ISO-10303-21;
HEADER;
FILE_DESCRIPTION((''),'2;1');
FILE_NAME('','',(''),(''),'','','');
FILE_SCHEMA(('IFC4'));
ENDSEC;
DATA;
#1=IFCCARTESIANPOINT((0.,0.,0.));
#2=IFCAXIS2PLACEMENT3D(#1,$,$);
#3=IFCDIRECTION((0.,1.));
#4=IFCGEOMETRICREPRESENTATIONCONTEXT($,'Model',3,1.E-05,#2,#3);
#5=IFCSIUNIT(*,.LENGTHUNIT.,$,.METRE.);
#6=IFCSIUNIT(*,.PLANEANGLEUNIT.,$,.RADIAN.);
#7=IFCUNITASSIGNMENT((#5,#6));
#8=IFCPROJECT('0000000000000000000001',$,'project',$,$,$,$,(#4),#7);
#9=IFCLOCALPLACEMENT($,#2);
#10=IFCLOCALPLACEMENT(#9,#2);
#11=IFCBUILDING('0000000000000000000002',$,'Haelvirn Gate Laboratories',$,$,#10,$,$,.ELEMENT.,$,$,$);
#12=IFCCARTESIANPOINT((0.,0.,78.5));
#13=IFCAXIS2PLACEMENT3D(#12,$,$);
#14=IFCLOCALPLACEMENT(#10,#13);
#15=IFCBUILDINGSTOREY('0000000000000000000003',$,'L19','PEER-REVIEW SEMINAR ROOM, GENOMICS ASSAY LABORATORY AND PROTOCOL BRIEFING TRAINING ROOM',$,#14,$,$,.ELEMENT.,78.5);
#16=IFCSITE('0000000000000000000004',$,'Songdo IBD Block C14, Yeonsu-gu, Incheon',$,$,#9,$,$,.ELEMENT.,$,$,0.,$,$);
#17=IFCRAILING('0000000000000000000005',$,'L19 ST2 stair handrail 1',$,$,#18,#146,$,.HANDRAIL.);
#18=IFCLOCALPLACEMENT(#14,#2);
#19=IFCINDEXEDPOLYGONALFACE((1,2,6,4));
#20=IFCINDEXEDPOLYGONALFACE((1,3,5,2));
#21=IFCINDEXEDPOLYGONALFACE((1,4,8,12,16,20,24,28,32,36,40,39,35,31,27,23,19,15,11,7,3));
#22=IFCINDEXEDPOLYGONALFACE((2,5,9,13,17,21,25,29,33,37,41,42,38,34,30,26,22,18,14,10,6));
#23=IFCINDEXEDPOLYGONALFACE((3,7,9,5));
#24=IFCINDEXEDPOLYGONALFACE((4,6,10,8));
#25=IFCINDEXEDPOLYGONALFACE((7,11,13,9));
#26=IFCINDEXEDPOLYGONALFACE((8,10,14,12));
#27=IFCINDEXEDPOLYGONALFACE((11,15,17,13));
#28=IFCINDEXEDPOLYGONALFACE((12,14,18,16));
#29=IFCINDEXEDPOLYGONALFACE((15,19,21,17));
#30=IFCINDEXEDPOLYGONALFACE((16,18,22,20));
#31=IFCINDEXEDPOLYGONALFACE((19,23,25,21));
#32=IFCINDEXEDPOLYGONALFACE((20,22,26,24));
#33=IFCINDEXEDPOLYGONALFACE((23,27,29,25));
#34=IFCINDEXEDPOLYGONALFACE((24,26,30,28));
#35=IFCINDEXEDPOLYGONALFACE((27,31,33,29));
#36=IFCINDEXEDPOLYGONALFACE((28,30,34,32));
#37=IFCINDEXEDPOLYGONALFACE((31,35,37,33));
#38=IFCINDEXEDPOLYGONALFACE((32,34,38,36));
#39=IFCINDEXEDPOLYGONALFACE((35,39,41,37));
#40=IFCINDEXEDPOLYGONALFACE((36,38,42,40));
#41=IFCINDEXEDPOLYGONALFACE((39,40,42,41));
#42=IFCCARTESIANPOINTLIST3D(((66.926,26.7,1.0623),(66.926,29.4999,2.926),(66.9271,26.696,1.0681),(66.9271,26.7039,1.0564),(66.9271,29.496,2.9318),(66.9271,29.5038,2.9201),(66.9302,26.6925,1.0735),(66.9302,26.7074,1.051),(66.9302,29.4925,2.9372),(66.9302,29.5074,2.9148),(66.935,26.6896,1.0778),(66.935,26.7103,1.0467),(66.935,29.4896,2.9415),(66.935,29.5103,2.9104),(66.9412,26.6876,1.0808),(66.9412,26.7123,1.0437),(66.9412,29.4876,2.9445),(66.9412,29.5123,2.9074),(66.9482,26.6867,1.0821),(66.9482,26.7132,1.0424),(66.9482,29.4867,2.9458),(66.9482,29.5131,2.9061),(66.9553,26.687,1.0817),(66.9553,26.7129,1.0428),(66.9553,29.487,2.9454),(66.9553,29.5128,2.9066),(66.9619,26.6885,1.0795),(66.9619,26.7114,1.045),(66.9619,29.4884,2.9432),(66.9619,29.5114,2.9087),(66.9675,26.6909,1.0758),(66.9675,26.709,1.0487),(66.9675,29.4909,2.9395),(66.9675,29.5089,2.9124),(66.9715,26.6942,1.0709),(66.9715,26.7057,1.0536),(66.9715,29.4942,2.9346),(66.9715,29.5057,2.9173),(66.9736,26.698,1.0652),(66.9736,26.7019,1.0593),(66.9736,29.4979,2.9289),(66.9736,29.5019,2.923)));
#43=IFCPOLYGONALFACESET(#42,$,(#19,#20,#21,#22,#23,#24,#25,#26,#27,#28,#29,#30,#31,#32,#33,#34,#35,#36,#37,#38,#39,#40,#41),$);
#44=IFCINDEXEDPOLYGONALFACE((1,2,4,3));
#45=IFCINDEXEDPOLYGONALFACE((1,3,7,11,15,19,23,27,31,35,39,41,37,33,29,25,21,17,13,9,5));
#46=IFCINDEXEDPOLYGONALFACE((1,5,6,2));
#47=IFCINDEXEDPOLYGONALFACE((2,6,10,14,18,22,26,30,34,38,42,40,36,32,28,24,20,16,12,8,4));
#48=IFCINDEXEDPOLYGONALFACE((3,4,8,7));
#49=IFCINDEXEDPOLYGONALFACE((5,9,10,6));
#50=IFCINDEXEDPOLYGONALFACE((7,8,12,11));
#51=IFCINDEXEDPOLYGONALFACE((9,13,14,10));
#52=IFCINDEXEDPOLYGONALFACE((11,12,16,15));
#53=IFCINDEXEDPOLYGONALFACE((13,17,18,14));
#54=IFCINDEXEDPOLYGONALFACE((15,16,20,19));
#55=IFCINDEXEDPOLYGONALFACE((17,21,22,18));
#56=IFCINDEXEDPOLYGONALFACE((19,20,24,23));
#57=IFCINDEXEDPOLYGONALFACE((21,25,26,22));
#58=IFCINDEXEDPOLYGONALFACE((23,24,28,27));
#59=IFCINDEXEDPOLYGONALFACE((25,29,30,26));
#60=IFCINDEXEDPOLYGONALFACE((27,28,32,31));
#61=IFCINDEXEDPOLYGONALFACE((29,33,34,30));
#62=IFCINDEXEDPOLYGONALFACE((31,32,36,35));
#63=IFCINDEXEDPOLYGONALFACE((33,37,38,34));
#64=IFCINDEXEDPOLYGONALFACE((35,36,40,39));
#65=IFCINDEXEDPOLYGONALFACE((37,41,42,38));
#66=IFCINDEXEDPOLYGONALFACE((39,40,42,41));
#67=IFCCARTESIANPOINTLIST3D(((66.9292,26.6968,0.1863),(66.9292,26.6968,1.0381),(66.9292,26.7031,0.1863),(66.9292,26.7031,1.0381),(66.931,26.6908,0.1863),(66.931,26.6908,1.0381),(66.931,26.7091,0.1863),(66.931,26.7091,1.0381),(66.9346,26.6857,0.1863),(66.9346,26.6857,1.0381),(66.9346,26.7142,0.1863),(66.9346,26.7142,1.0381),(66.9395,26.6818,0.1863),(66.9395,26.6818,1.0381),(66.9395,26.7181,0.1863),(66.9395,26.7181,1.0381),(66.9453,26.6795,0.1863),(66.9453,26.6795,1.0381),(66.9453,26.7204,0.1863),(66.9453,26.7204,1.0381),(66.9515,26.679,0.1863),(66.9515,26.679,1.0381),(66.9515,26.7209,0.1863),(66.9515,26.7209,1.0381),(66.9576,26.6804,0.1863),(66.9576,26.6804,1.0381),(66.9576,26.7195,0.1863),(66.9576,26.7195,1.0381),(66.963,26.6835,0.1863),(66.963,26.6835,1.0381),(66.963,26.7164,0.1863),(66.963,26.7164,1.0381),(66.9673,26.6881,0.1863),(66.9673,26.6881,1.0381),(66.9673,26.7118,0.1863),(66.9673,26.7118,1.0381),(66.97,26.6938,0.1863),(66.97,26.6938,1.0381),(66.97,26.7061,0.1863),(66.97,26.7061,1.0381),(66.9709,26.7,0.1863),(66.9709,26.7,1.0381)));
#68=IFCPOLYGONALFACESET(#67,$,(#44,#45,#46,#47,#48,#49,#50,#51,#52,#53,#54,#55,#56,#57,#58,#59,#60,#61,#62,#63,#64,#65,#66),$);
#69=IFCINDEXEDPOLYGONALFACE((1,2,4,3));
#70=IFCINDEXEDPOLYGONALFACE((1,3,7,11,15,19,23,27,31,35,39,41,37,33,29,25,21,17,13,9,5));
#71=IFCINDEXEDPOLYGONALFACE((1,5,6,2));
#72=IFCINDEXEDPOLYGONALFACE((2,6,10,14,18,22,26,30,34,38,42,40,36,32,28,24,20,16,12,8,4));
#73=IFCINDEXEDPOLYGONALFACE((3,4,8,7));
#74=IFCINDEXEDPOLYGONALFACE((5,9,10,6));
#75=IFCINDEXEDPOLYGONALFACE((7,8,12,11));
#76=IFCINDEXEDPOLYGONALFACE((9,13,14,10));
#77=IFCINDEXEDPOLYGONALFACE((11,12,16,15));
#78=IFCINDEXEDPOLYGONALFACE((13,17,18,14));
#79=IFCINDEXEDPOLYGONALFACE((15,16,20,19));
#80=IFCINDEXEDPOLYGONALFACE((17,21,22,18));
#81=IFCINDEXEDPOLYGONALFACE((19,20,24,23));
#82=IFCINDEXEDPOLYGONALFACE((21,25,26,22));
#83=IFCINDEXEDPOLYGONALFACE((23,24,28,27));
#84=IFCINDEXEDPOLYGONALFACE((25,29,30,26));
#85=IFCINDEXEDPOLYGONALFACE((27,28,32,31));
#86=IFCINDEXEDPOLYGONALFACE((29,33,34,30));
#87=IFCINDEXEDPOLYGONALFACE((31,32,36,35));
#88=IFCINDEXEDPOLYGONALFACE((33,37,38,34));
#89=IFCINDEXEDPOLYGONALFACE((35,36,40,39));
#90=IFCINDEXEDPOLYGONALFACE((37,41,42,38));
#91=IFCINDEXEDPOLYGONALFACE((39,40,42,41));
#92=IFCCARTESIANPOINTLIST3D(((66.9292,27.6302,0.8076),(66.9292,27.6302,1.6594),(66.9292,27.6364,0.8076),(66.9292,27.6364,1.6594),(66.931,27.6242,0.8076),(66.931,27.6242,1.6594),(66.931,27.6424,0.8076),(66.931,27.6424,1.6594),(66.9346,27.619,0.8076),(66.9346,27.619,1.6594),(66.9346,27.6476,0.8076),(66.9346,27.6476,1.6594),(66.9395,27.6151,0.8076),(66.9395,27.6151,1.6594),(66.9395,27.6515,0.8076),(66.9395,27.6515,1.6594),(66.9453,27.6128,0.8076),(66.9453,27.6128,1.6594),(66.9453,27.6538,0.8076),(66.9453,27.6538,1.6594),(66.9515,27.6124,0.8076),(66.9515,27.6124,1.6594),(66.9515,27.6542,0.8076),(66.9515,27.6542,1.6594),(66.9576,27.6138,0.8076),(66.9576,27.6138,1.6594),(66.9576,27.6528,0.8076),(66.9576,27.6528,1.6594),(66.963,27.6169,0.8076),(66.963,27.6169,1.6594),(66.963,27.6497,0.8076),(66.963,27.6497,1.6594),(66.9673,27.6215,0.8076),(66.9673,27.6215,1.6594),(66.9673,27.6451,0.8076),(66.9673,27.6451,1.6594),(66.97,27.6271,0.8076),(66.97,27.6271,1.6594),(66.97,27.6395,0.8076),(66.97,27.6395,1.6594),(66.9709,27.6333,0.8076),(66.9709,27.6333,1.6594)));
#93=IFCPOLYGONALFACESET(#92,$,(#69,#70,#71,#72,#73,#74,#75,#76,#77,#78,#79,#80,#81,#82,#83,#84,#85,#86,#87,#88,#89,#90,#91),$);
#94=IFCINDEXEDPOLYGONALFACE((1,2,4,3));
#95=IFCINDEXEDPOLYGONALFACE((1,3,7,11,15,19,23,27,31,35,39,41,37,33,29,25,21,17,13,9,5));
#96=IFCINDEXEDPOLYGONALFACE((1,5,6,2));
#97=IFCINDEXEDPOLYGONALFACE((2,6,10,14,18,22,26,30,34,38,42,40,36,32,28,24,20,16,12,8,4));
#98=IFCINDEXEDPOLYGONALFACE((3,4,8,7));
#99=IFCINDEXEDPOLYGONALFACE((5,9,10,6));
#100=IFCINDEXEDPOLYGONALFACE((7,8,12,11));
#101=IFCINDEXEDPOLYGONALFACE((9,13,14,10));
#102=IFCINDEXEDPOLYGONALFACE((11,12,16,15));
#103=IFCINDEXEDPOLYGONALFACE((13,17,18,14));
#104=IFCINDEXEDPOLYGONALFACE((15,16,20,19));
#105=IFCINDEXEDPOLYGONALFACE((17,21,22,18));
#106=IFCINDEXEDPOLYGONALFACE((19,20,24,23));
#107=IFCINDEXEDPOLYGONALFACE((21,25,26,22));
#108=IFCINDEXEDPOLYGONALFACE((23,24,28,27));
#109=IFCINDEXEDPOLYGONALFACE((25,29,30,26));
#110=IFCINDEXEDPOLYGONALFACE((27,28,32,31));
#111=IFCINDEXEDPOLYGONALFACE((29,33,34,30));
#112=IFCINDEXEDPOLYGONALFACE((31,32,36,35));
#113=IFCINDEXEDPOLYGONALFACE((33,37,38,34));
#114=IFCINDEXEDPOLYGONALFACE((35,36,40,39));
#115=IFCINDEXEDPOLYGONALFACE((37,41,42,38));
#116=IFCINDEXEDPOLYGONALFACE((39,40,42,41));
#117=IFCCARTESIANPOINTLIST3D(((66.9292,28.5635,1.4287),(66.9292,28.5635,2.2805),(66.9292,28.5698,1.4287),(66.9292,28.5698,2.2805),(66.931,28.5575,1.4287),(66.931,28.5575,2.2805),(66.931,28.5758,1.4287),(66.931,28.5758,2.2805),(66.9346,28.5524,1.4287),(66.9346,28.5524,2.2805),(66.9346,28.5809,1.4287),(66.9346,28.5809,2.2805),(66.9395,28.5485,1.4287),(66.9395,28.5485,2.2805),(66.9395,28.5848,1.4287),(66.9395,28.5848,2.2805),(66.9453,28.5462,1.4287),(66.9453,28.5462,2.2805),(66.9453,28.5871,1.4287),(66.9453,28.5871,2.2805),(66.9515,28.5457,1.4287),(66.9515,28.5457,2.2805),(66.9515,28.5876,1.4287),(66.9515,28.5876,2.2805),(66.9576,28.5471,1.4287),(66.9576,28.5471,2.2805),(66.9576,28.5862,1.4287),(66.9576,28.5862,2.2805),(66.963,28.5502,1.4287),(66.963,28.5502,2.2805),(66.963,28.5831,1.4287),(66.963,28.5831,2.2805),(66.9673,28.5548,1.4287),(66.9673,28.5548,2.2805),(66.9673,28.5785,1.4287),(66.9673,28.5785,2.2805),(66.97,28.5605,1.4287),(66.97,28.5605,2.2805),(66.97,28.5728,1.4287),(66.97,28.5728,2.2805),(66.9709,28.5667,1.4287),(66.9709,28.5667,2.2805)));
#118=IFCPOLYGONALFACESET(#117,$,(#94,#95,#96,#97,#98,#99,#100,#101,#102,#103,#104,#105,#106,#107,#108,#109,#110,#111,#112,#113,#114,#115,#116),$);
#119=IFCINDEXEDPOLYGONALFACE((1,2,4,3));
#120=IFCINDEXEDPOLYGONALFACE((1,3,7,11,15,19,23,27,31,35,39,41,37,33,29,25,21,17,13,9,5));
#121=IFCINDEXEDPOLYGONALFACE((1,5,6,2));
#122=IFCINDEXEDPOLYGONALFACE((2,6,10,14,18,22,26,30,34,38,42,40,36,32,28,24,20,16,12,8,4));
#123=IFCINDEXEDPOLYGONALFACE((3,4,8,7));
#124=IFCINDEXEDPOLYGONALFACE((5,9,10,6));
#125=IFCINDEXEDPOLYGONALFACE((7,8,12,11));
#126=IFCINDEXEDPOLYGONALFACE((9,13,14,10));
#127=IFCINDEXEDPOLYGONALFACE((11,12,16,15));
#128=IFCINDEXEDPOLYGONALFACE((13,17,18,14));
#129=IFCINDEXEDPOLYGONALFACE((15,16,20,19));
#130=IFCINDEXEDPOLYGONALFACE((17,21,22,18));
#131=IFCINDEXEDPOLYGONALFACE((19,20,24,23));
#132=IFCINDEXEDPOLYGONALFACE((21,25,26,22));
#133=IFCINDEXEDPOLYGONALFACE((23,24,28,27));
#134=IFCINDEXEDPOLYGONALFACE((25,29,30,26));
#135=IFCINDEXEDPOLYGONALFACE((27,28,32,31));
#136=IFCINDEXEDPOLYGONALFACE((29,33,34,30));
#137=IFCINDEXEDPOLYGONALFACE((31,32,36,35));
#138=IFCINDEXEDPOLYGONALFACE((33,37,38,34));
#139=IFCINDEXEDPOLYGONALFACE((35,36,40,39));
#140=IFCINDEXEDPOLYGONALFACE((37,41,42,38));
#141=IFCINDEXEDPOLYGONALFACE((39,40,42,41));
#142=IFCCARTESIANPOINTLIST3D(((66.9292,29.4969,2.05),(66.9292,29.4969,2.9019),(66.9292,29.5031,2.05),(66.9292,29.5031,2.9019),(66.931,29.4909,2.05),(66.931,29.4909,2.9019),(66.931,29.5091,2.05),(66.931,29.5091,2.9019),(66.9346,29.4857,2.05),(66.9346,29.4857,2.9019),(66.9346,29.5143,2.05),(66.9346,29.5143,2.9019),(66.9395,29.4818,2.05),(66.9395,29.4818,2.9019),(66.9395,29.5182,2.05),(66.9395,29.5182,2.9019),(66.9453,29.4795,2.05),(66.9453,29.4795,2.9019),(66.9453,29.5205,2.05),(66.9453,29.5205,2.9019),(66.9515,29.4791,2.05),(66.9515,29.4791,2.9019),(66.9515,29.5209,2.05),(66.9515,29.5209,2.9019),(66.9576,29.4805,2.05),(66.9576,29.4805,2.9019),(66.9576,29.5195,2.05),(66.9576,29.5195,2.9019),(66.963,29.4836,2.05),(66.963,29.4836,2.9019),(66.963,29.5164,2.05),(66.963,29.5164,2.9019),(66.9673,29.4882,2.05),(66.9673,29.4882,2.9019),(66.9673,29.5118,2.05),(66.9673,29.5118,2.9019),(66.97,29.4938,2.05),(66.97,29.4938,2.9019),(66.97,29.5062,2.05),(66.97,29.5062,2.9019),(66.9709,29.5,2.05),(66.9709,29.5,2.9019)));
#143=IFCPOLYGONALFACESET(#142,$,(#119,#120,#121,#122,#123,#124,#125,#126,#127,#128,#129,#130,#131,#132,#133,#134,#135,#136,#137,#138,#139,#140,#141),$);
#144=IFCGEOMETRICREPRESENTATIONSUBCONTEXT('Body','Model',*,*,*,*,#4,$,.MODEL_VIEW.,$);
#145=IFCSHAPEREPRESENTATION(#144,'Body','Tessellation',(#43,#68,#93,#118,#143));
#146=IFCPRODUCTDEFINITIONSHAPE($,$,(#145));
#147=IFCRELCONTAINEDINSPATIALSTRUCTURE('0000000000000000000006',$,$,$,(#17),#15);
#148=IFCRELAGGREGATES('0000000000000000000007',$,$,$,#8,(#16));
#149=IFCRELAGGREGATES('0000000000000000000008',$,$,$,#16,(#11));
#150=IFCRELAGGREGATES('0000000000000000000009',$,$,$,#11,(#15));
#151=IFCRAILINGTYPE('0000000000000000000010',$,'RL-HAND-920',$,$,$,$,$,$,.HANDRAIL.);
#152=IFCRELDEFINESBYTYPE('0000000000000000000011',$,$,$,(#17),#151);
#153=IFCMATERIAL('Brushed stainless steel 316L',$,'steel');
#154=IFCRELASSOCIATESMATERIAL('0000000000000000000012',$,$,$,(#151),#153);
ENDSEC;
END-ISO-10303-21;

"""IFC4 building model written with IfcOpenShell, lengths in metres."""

from ifc_helpers import new_model, si_unit, direction, frame, origin, origin_2d, place, context, subcontext, project, spatial, circle, extrude, source, transform, mapped, material, type_object, element, save


model = new_model("IFC4")

# Units and contexts
model_context = context("Model", 3, precision=1e-05, world=origin(), true_north=direction((0.0, 1.0)))
body_context = subcontext(model_context, "Body", "Model", "MODEL_VIEW")
ifc_project = project(units=[si_unit("LENGTHUNIT", "METRE"), si_unit("PLANEANGLEUNIT", "RADIAN")], contexts=[model_context])

# Site, building, storey
site_placement = place(None, origin())
site = spatial("IfcSite", under=ifc_project, at=site_placement, Name="Songdo IBD Block C14, Yeonsu-gu, Incheon", CompositionType="ELEMENT", RefElevation=0.0)
building_placement = place(site_placement, origin())
building = spatial("IfcBuilding", under=site, at=building_placement, Name="Haelvirn Gate Laboratories", CompositionType="ELEMENT")
storey_placement = place(building_placement, frame((0.0, 0.0, 78.5)))
storey = spatial("IfcBuildingStorey", under=building, at=storey_placement, Name="L19", Description="PEER-REVIEW SEMINAR ROOM, GENOMICS ASSAY LABORATORY AND PROTOCOL BRIEFING TRAINING ROOM", CompositionType="ELEMENT", Elevation=78.5)

# Railing
ifc_material_1 = material(Name="Brushed stainless steel 316L", Category="steel")
railing_type_1 = type_object("IfcRailingType", Name="RL-HAND-920", PredefinedType="HANDRAIL", material=ifc_material_1)
shared_shape_1 = source(origin(), body_context, "Body", "SweptSolid", [
    extrude(circle(Radius=0.0239, at=origin_2d()), frame((0.0, 0.0, 0.876), z_axis=(0.0, 0.832452, 0.554097), x_axis=(-1.0, 0.0, 0.0)), (0.0, 0.0, 1.0), 3.3635),
    extrude(circle(Radius=0.021, at=origin_2d()), origin(), (0.0, 0.0, 1.0), 0.8518),
    extrude(circle(Radius=0.021, at=origin_2d()), frame((0.0, 0.9333, 0.6213)), (0.0, 0.0, 1.0), 0.8518),
    extrude(circle(Radius=0.021, at=origin_2d()), frame((0.0, 1.8667, 1.2424)), (0.0, 0.0, 1.0), 0.8518),
    extrude(circle(Radius=0.021, at=origin_2d()), frame((0.0, 2.8, 1.8638)), (0.0, 0.0, 1.0), 0.8518),
])
railing_1_placement = place(storey_placement, frame((66.95, 26.7, 0.1863)))
element("IfcRailing", 1, at=railing_1_placement, inside=storey, type_object=railing_type_1, Name="L19 ST2 stair handrail 1", PredefinedType="HANDRAIL", context=body_context, shape_type="MappedRepresentation", body=[
    mapped(shared_shape_1, transform((0.0, 0.0, 0.0), scale=1.0)),
])

save(model, "model.ifc")
